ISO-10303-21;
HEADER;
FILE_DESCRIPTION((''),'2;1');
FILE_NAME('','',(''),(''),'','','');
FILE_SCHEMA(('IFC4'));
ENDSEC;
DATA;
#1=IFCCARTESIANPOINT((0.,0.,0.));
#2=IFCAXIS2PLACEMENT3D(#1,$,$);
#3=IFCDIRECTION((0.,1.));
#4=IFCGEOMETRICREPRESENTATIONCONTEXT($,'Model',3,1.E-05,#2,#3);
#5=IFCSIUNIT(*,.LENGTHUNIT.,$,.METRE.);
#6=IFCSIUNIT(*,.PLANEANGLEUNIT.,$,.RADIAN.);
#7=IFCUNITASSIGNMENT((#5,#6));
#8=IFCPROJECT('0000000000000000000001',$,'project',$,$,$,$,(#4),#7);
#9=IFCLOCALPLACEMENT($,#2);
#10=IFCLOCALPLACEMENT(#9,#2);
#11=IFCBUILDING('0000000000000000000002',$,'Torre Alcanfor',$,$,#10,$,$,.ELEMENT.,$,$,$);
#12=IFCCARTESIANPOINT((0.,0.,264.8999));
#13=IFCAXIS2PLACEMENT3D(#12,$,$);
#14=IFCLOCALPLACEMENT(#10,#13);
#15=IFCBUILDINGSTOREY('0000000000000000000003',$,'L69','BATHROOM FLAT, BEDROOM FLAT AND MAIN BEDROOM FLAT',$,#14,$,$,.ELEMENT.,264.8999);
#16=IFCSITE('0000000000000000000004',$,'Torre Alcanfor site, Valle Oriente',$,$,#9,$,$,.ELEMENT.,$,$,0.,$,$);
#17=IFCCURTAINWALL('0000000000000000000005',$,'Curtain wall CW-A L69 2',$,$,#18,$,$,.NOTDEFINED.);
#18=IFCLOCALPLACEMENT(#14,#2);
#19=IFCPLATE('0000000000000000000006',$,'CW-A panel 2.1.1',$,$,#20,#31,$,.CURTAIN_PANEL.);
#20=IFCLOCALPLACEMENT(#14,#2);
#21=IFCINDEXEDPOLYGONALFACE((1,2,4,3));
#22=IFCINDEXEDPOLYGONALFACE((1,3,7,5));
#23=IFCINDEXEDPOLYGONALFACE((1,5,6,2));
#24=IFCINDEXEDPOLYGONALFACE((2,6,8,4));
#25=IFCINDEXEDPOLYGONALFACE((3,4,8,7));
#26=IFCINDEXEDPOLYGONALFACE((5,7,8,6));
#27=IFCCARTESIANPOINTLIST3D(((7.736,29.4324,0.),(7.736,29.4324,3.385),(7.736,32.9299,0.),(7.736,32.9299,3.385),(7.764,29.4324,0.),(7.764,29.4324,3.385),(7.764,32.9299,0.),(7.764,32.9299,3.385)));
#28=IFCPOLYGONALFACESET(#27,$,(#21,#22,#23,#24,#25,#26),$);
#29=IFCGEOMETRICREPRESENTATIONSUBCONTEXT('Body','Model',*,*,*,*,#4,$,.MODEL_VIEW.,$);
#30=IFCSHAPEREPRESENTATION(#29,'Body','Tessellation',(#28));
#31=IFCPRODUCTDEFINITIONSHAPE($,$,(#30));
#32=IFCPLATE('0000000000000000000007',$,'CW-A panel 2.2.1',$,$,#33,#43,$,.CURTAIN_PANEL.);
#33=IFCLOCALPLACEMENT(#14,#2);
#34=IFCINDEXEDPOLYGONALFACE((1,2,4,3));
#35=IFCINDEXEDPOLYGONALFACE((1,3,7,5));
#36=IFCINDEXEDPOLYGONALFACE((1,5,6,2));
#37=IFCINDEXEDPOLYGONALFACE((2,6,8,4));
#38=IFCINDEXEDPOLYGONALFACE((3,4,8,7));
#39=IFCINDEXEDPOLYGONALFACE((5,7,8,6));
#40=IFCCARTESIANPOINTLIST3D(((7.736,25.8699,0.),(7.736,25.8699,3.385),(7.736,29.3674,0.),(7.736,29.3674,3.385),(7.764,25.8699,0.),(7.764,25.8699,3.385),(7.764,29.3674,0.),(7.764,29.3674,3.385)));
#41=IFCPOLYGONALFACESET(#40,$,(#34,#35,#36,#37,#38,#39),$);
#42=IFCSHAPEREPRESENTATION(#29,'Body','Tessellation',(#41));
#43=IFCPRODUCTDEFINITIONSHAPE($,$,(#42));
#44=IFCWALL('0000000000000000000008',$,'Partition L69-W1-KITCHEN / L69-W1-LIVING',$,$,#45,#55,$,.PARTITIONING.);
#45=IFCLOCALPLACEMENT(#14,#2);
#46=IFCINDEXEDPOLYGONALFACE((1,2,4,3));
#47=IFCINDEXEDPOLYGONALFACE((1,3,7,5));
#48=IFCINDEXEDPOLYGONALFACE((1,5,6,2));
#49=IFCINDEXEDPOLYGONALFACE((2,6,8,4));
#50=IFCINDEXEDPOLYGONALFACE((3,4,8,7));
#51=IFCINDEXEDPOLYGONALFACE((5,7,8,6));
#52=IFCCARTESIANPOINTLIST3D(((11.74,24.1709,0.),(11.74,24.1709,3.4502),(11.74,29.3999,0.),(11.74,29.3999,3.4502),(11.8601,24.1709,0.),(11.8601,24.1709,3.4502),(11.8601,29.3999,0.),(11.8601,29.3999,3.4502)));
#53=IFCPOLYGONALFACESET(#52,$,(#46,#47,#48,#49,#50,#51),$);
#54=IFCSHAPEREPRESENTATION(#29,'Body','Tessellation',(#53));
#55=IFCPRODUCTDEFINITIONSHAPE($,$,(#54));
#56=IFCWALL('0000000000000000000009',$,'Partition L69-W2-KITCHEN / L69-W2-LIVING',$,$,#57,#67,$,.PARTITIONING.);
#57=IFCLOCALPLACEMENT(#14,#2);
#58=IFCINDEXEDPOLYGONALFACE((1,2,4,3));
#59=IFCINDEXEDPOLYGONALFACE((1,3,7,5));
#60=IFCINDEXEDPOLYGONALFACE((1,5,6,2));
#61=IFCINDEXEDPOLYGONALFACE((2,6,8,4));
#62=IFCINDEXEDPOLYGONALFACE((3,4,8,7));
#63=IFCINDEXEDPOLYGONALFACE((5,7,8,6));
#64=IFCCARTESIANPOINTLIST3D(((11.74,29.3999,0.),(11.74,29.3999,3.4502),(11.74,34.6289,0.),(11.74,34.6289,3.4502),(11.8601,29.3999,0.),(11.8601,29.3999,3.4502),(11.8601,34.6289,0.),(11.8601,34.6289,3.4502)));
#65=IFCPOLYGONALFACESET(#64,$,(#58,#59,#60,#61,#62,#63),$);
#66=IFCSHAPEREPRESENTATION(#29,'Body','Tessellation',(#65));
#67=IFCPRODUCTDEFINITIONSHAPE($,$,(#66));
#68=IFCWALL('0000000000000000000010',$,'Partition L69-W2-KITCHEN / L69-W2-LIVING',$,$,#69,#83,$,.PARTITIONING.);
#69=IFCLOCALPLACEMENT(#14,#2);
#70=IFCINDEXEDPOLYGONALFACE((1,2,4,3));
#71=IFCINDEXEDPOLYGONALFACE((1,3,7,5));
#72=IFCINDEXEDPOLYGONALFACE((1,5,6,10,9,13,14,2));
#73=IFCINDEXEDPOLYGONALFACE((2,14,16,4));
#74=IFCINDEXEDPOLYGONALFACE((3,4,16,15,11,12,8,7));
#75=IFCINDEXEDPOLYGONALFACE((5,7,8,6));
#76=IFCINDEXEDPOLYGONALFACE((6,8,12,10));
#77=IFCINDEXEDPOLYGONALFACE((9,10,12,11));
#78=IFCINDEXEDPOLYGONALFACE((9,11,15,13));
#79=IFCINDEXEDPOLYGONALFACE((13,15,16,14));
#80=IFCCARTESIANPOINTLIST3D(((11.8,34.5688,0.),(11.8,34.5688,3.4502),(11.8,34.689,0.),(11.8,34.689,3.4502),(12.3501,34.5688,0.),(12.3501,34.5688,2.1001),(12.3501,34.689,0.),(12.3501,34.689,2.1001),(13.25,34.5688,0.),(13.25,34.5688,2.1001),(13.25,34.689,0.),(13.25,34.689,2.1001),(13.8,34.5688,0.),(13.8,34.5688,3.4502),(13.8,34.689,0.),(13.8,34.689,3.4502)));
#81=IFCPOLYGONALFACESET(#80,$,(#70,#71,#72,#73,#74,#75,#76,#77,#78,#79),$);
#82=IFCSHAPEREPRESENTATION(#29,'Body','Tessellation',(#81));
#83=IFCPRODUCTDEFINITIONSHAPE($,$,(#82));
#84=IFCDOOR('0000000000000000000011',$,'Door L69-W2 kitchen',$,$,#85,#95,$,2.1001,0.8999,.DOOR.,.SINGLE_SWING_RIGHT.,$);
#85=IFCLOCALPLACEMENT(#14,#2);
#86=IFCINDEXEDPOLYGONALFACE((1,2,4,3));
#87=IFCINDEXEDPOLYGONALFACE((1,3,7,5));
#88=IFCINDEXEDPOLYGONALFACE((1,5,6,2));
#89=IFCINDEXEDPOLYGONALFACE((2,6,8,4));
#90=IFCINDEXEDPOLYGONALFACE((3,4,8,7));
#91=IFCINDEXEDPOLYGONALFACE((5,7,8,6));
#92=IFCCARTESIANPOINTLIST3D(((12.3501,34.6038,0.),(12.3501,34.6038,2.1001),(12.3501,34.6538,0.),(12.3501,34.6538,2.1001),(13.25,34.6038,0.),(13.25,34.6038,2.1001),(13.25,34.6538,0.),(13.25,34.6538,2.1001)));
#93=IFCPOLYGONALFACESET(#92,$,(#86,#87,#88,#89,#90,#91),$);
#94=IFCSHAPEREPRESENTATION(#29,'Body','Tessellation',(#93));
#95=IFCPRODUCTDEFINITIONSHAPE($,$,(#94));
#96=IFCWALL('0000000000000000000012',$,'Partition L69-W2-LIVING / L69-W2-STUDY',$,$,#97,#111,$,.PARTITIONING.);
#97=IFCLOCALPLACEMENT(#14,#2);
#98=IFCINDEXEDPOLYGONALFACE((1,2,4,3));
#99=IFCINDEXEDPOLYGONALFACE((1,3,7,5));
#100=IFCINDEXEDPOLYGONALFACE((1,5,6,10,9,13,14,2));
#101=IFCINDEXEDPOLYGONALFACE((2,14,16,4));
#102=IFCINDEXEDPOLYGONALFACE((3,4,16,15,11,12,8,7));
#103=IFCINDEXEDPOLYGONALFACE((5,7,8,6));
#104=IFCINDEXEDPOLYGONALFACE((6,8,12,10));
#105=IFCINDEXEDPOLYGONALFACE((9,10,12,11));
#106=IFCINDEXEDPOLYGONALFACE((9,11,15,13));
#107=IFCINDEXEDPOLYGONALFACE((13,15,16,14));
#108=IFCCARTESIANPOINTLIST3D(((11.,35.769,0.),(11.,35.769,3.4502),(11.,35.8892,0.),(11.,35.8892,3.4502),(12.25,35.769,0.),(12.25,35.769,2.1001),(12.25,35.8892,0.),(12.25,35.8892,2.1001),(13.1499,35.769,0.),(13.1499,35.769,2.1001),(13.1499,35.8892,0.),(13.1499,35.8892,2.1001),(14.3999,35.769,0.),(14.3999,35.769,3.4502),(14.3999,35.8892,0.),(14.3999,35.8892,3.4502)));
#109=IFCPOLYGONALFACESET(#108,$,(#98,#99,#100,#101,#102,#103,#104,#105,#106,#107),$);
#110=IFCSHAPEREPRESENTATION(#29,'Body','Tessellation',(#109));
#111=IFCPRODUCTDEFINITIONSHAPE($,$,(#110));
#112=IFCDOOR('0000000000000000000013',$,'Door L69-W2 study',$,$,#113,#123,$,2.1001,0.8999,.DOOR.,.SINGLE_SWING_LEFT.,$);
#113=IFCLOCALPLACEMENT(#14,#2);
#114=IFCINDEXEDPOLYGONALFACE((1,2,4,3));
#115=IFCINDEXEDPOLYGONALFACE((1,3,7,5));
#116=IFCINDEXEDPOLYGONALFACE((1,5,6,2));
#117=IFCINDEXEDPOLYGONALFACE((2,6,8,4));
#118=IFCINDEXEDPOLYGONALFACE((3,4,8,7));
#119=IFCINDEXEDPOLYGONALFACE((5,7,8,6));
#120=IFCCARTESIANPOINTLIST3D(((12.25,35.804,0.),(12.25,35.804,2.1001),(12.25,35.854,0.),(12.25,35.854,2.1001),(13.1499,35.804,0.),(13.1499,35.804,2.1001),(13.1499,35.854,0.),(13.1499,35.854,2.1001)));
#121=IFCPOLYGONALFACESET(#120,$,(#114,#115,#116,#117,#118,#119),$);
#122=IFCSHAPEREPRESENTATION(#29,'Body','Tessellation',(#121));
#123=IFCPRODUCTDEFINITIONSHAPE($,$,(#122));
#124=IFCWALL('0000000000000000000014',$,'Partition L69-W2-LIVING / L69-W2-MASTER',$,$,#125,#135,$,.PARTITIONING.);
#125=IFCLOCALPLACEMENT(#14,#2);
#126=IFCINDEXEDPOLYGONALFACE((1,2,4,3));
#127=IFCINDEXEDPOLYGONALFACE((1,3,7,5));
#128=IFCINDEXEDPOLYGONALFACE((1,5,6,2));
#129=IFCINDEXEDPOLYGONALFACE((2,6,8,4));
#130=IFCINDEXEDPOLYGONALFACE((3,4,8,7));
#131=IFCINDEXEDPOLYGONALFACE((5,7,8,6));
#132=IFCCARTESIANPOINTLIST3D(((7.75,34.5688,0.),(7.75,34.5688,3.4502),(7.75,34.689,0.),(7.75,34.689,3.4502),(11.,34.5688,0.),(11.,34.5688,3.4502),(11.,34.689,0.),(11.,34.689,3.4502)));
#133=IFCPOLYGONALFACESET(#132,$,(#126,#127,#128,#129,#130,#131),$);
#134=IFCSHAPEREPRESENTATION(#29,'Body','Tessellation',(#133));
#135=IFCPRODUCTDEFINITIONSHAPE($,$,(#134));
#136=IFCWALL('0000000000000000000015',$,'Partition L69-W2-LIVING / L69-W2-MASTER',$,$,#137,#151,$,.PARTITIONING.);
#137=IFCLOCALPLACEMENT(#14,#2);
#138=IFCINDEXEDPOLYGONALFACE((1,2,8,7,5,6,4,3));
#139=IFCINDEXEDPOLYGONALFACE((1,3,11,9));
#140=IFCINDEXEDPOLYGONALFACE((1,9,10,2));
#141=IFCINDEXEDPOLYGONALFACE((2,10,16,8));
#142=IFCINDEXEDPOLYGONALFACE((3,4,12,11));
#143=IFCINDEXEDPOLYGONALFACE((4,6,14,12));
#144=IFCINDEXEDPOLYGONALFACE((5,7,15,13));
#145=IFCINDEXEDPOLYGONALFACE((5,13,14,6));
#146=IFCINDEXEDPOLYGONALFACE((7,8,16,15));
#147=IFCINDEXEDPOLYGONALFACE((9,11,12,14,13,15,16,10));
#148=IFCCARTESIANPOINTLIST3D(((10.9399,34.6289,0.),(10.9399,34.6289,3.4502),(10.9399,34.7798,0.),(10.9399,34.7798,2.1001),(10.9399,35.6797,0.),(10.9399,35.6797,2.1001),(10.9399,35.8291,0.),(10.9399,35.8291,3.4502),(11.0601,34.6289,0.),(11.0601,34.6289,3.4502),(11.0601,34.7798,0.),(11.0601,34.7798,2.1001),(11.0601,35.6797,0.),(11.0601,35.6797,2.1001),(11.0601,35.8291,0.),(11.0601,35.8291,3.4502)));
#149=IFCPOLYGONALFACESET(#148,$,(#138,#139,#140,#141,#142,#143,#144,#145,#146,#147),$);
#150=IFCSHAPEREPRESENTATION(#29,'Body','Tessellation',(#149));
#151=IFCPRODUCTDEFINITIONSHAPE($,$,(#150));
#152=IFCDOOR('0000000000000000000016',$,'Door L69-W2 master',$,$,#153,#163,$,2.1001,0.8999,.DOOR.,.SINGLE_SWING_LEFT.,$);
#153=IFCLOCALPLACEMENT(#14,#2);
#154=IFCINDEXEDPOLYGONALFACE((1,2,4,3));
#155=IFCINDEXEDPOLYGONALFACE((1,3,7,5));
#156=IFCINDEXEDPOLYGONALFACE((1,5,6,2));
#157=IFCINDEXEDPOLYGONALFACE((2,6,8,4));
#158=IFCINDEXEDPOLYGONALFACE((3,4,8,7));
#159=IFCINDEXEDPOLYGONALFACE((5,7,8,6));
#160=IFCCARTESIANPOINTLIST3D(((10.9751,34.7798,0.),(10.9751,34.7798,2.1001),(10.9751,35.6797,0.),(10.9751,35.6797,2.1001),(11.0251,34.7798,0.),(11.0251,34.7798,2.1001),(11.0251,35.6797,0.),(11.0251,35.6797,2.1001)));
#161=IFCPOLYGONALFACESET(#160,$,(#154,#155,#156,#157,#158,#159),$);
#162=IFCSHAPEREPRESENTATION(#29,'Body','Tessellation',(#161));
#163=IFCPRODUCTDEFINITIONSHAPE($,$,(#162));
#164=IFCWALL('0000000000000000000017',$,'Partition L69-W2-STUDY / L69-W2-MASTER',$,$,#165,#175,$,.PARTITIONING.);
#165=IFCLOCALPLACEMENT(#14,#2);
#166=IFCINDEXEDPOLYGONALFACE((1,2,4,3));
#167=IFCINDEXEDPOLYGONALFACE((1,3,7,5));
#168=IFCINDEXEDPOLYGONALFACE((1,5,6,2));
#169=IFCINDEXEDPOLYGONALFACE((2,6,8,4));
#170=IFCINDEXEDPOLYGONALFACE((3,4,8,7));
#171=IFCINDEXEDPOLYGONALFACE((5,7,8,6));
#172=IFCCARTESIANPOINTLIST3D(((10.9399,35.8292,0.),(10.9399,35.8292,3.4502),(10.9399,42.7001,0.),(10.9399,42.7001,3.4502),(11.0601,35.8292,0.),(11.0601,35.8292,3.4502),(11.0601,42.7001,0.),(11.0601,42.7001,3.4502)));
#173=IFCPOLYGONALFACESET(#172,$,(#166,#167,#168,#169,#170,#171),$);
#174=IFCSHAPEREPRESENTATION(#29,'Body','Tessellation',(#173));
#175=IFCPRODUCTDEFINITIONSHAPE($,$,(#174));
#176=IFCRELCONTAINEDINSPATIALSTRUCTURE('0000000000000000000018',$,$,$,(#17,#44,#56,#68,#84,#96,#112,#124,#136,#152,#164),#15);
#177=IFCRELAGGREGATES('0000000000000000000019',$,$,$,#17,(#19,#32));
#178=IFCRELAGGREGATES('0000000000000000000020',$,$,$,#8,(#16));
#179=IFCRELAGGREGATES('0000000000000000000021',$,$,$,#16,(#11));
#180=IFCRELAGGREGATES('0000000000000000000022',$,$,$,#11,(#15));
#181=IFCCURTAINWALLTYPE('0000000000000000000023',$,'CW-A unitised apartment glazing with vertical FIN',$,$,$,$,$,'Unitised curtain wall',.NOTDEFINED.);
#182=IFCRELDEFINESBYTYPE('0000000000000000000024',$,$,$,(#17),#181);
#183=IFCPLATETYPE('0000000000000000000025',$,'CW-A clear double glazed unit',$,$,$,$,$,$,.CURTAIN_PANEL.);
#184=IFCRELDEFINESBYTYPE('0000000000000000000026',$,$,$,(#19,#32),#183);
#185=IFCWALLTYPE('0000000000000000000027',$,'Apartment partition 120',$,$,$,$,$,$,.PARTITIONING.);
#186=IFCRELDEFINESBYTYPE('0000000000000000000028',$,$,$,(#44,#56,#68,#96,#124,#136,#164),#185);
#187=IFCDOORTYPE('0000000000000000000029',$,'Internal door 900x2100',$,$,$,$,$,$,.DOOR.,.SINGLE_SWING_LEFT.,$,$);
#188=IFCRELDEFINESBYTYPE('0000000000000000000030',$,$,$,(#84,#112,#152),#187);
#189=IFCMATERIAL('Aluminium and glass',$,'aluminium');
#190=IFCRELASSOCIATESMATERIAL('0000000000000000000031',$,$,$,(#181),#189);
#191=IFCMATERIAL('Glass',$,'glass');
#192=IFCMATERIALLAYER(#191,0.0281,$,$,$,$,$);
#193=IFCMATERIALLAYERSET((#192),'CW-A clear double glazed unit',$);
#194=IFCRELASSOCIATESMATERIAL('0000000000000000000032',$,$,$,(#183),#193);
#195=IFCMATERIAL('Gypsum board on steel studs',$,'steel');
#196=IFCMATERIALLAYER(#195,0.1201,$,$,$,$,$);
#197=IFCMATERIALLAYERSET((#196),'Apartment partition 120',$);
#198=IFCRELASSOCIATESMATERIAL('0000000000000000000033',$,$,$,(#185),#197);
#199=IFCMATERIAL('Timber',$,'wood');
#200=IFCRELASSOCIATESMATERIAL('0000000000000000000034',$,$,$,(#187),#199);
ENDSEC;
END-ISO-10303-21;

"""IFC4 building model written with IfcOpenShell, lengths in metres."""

from ifc_helpers import new_model, si_unit, direction, frame, frame_2d, origin, origin_2d, place, context, subcontext, project, spatial, rectangle, extrude, material, layer, layer_set, type_object, element, fill, aggregate, save


model = new_model("IFC4")

# Units and contexts
model_context = context("Model", 3, precision=1e-05, world=origin(), true_north=direction((0.0, 1.0)))
body_context = subcontext(model_context, "Body", "Model", "MODEL_VIEW")
ifc_project = project(units=[si_unit("LENGTHUNIT", "METRE"), si_unit("PLANEANGLEUNIT", "RADIAN")], contexts=[model_context])

# Site, building, storey
site_placement = place(None, origin())
site = spatial("IfcSite", under=ifc_project, at=site_placement, Name="Torre Alcanfor site, Valle Oriente", CompositionType="ELEMENT", RefElevation=0.0)
building_placement = place(site_placement, origin())
building = spatial("IfcBuilding", under=site, at=building_placement, Name="Torre Alcanfor", CompositionType="ELEMENT")
storey_placement = place(building_placement, frame((0.0, 0.0, 264.8999)))
storey = spatial("IfcBuildingStorey", under=building, at=storey_placement, Name="L69", Description="BATHROOM FLAT, BEDROOM FLAT AND MAIN BEDROOM FLAT", CompositionType="ELEMENT", Elevation=264.8999)

# Curtain wall
ifc_material_1 = material(Name="Aluminium and glass", Category="aluminium")
curtain_wall_type = type_object("IfcCurtainWallType", Name="CW-A unitised apartment glazing with vertical FIN", ElementType="Unitised curtain wall", PredefinedType="NOTDEFINED", material=ifc_material_1)
curtain_wall_placement = place(storey_placement, origin())
curtain_wall = element("IfcCurtainWall", 1, at=curtain_wall_placement, inside=storey, type_object=curtain_wall_type, Name="Curtain wall CW-A L69 2", PredefinedType="NOTDEFINED")

# Plates
ifc_material_2 = material(Name="Glass", Category="glass")
ifc_layer_1 = layer(ifc_material_2, 0.0281)
ifc_layer_set_1 = layer_set([ifc_layer_1], Name="CW-A clear double glazed unit")
plate_type = type_object("IfcPlateType", Name="CW-A clear double glazed unit", PredefinedType="CURTAIN_PANEL", material=ifc_layer_set_1)
plate_1_placement = place(storey_placement, frame((7.75, 31.1812, 0.0), z_axis=(0.0, 0.0, 1.0), x_axis=(0.0, -1.0, 0.0)))
plate_1 = element("IfcPlate", 2, at=plate_1_placement, type_object=plate_type, Name="CW-A panel 2.1.1", PredefinedType="CURTAIN_PANEL", context=body_context, shape_type="SweptSolid", body=[
    extrude(rectangle(XDim=3.4976, YDim=0.0281, at=origin_2d()), origin(), (0.0, 0.0, 1.0), 3.385),
])
plate_2_placement = place(storey_placement, frame((7.75, 27.6187, 0.0), z_axis=(0.0, 0.0, 1.0), x_axis=(0.0, -1.0, 0.0)))
plate_2 = element("IfcPlate", 3, at=plate_2_placement, type_object=plate_type, Name="CW-A panel 2.2.1", PredefinedType="CURTAIN_PANEL", context=body_context, shape_type="SweptSolid", body=[
    extrude(rectangle(XDim=3.4976, YDim=0.0281, at=origin_2d()), origin(), (0.0, 0.0, 1.0), 3.385),
])
aggregate(curtain_wall, [plate_1, plate_2])

# Walls
ifc_material_3 = material(Name="Gypsum board on steel studs", Category="steel")
ifc_layer_2 = layer(ifc_material_3, 0.1201)
ifc_layer_set_2 = layer_set([ifc_layer_2], Name="Apartment partition 120")
wall_type_1 = type_object("IfcWallType", Name="Apartment partition 120", PredefinedType="PARTITIONING", material=ifc_layer_set_2)
for number, where, z_axis, x_axis, name in (
    (4, (11.8, 29.3999, 0.0), (0.0, 0.0, 1.0), (0.0, -1.0, 0.0), "Partition L69-W1-KITCHEN / L69-W1-LIVING"),
    (5, (11.8, 29.3999, 0.0), (0.0, 0.0, 1.0), (0.0, 1.0, 0.0), "Partition L69-W2-KITCHEN / L69-W2-LIVING"),
):
    element("IfcWall", number, at=place(storey_placement, frame(where, z_axis=z_axis, x_axis=x_axis)), inside=storey, type_object=wall_type_1, Name=name, PredefinedType="PARTITIONING", context=body_context, shape_type="SweptSolid", body=[
        extrude(rectangle(XDim=5.229, YDim=0.1201, at=frame_2d((2.6145, 0.0))), origin(), (0.0, 0.0, 1.0), 3.4502),
    ])

# Walls, openings, doors
wall_1_placement = place(storey_placement, frame((11.8, 34.6289, 0.0), z_axis=(0.0, 0.0, 1.0), x_axis=(1.0, 0.0, 0.0)))
wall_1 = element("IfcWall", 6, at=wall_1_placement, inside=storey, type_object=wall_type_1, Name="Partition L69-W2-KITCHEN / L69-W2-LIVING", PredefinedType="PARTITIONING", context=body_context, shape_type="SweptSolid", body=[
    extrude(rectangle(XDim=2.0, YDim=0.1201, at=frame_2d((1.0, 0.0))), origin(), (0.0, 0.0, 1.0), 3.4502),
])
opening_1_placement = place(wall_1_placement, frame((0.55, 0.0, 0.0)))
opening_1 = element("IfcOpeningElement", 7, at=opening_1_placement, cuts=wall_1, PredefinedType="OPENING", context=body_context, shape_type="SweptSolid", body=[
    extrude(rectangle(XDim=0.8999, YDim=2.1001, at=frame_2d((0.45, 1.05))), frame((0.0, 0.0701, 0.0), z_axis=(0.0, -1.0, 0.0), x_axis=(1.0, 0.0, 0.0)), (0.0, 0.0, 1.0), 0.1401),
])
ifc_material_4 = material(Name="Timber", Category="wood")
door_type = type_object("IfcDoorType", Name="Internal door 900x2100", OperationType="SINGLE_SWING_LEFT", PredefinedType="DOOR", material=ifc_material_4)
door_1_placement = place(opening_1_placement, frame((0.8999, 0.0, 0.0), z_axis=(0.0, 0.0, 1.0), x_axis=(-1.0, 0.0, 0.0)))
door_1 = element("IfcDoor", 8, at=door_1_placement, inside=storey, type_object=door_type, Name="Door L69-W2 kitchen", OperationType="SINGLE_SWING_RIGHT", OverallHeight=2.1001, OverallWidth=0.8999, PredefinedType="DOOR", context=body_context, shape_type="SweptSolid", body=[
    extrude(rectangle(XDim=0.8999, YDim=2.1001, at=frame_2d((0.45, 1.05))), frame((0.0, 0.0251, 0.0), z_axis=(0.0, -1.0, 0.0), x_axis=(1.0, 0.0, 0.0)), (0.0, 0.0, 1.0), 0.05),
])
fill(opening_1, door_1)
wall_2_placement = place(storey_placement, frame((11.0, 35.8291, 0.0), z_axis=(0.0, 0.0, 1.0), x_axis=(1.0, 0.0, 0.0)))
wall_2 = element("IfcWall", 9, at=wall_2_placement, inside=storey, type_object=wall_type_1, Name="Partition L69-W2-LIVING / L69-W2-STUDY", PredefinedType="PARTITIONING", context=body_context, shape_type="SweptSolid", body=[
    extrude(rectangle(XDim=3.3999, YDim=0.1201, at=frame_2d((1.7, 0.0))), origin(), (0.0, 0.0, 1.0), 3.4502),
])
opening_2_placement = place(wall_2_placement, frame((1.25, 0.0, 0.0)))
opening_2 = element("IfcOpeningElement", 10, at=opening_2_placement, cuts=wall_2, PredefinedType="OPENING", context=body_context, shape_type="SweptSolid", body=[
    extrude(rectangle(XDim=0.8999, YDim=2.1001, at=frame_2d((0.45, 1.05))), frame((0.0, 0.0701, 0.0), z_axis=(0.0, -1.0, 0.0), x_axis=(1.0, 0.0, 0.0)), (0.0, 0.0, 1.0), 0.1401),
])
door_2_placement = place(opening_2_placement, origin())
door_2 = element("IfcDoor", 11, at=door_2_placement, inside=storey, type_object=door_type, Name="Door L69-W2 study", OperationType="SINGLE_SWING_LEFT", OverallHeight=2.1001, OverallWidth=0.8999, PredefinedType="DOOR", context=body_context, shape_type="SweptSolid", body=[
    extrude(rectangle(XDim=0.8999, YDim=2.1001, at=frame_2d((0.45, 1.05))), frame((0.0, 0.0249, 0.0), z_axis=(0.0, -1.0, 0.0), x_axis=(1.0, 0.0, 0.0)), (0.0, 0.0, 1.0), 0.05),
])
fill(opening_2, door_2)

# Wall
wall_3_placement = place(storey_placement, frame((7.75, 34.6289, 0.0), z_axis=(0.0, 0.0, 1.0), x_axis=(1.0, 0.0, 0.0)))
element("IfcWall", 12, at=wall_3_placement, inside=storey, type_object=wall_type_1, Name="Partition L69-W2-LIVING / L69-W2-MASTER", PredefinedType="PARTITIONING", context=body_context, shape_type="SweptSolid", body=[
    extrude(rectangle(XDim=3.25, YDim=0.1201, at=frame_2d((1.625, 0.0))), origin(), (0.0, 0.0, 1.0), 3.4502),
])

# Wall, opening, door
wall_4_placement = place(storey_placement, frame((11.0, 34.6289, 0.0), z_axis=(0.0, 0.0, 1.0), x_axis=(0.0, 1.0, 0.0)))
wall_4 = element("IfcWall", 13, at=wall_4_placement, inside=storey, type_object=wall_type_1, Name="Partition L69-W2-LIVING / L69-W2-MASTER", PredefinedType="PARTITIONING", context=body_context, shape_type="SweptSolid", body=[
    extrude(rectangle(XDim=1.2002, YDim=0.1201, at=frame_2d((0.6001, 0.0))), origin(), (0.0, 0.0, 1.0), 3.4502),
])
opening_3_placement = place(wall_4_placement, frame((0.1509, 0.0, 0.0)))
opening_3 = element("IfcOpeningElement", 14, at=opening_3_placement, cuts=wall_4, PredefinedType="OPENING", context=body_context, shape_type="SweptSolid", body=[
    extrude(rectangle(XDim=0.8999, YDim=2.1001, at=frame_2d((0.45, 1.05))), frame((0.0, 0.0701, 0.0), z_axis=(0.0, -1.0, 0.0), x_axis=(1.0, 0.0, 0.0)), (0.0, 0.0, 1.0), 0.1401),
])
door_3_placement = place(opening_3_placement, origin())
door_3 = element("IfcDoor", 15, at=door_3_placement, inside=storey, type_object=door_type, Name="Door L69-W2 master", OperationType="SINGLE_SWING_LEFT", OverallHeight=2.1001, OverallWidth=0.8999, PredefinedType="DOOR", context=body_context, shape_type="SweptSolid", body=[
    extrude(rectangle(XDim=0.8999, YDim=2.1001, at=frame_2d((0.45, 1.05))), frame((0.0, 0.0249, 0.0), z_axis=(0.0, -1.0, 0.0), x_axis=(1.0, 0.0, 0.0)), (0.0, 0.0, 1.0), 0.05),
])
fill(opening_3, door_3)

# Wall
wall_5_placement = place(storey_placement, frame((11.0, 35.8291, 0.0), z_axis=(0.0, 0.0, 1.0), x_axis=(0.0, 1.0, 0.0)))
element("IfcWall", 16, at=wall_5_placement, inside=storey, type_object=wall_type_1, Name="Partition L69-W2-STUDY / L69-W2-MASTER", PredefinedType="PARTITIONING", context=body_context, shape_type="SweptSolid", body=[
    extrude(rectangle(XDim=6.8708, YDim=0.1201, at=frame_2d((3.4355, 0.0))), origin(), (0.0, 0.0, 1.0), 3.4502),
])

save(model, "model.ifc")
